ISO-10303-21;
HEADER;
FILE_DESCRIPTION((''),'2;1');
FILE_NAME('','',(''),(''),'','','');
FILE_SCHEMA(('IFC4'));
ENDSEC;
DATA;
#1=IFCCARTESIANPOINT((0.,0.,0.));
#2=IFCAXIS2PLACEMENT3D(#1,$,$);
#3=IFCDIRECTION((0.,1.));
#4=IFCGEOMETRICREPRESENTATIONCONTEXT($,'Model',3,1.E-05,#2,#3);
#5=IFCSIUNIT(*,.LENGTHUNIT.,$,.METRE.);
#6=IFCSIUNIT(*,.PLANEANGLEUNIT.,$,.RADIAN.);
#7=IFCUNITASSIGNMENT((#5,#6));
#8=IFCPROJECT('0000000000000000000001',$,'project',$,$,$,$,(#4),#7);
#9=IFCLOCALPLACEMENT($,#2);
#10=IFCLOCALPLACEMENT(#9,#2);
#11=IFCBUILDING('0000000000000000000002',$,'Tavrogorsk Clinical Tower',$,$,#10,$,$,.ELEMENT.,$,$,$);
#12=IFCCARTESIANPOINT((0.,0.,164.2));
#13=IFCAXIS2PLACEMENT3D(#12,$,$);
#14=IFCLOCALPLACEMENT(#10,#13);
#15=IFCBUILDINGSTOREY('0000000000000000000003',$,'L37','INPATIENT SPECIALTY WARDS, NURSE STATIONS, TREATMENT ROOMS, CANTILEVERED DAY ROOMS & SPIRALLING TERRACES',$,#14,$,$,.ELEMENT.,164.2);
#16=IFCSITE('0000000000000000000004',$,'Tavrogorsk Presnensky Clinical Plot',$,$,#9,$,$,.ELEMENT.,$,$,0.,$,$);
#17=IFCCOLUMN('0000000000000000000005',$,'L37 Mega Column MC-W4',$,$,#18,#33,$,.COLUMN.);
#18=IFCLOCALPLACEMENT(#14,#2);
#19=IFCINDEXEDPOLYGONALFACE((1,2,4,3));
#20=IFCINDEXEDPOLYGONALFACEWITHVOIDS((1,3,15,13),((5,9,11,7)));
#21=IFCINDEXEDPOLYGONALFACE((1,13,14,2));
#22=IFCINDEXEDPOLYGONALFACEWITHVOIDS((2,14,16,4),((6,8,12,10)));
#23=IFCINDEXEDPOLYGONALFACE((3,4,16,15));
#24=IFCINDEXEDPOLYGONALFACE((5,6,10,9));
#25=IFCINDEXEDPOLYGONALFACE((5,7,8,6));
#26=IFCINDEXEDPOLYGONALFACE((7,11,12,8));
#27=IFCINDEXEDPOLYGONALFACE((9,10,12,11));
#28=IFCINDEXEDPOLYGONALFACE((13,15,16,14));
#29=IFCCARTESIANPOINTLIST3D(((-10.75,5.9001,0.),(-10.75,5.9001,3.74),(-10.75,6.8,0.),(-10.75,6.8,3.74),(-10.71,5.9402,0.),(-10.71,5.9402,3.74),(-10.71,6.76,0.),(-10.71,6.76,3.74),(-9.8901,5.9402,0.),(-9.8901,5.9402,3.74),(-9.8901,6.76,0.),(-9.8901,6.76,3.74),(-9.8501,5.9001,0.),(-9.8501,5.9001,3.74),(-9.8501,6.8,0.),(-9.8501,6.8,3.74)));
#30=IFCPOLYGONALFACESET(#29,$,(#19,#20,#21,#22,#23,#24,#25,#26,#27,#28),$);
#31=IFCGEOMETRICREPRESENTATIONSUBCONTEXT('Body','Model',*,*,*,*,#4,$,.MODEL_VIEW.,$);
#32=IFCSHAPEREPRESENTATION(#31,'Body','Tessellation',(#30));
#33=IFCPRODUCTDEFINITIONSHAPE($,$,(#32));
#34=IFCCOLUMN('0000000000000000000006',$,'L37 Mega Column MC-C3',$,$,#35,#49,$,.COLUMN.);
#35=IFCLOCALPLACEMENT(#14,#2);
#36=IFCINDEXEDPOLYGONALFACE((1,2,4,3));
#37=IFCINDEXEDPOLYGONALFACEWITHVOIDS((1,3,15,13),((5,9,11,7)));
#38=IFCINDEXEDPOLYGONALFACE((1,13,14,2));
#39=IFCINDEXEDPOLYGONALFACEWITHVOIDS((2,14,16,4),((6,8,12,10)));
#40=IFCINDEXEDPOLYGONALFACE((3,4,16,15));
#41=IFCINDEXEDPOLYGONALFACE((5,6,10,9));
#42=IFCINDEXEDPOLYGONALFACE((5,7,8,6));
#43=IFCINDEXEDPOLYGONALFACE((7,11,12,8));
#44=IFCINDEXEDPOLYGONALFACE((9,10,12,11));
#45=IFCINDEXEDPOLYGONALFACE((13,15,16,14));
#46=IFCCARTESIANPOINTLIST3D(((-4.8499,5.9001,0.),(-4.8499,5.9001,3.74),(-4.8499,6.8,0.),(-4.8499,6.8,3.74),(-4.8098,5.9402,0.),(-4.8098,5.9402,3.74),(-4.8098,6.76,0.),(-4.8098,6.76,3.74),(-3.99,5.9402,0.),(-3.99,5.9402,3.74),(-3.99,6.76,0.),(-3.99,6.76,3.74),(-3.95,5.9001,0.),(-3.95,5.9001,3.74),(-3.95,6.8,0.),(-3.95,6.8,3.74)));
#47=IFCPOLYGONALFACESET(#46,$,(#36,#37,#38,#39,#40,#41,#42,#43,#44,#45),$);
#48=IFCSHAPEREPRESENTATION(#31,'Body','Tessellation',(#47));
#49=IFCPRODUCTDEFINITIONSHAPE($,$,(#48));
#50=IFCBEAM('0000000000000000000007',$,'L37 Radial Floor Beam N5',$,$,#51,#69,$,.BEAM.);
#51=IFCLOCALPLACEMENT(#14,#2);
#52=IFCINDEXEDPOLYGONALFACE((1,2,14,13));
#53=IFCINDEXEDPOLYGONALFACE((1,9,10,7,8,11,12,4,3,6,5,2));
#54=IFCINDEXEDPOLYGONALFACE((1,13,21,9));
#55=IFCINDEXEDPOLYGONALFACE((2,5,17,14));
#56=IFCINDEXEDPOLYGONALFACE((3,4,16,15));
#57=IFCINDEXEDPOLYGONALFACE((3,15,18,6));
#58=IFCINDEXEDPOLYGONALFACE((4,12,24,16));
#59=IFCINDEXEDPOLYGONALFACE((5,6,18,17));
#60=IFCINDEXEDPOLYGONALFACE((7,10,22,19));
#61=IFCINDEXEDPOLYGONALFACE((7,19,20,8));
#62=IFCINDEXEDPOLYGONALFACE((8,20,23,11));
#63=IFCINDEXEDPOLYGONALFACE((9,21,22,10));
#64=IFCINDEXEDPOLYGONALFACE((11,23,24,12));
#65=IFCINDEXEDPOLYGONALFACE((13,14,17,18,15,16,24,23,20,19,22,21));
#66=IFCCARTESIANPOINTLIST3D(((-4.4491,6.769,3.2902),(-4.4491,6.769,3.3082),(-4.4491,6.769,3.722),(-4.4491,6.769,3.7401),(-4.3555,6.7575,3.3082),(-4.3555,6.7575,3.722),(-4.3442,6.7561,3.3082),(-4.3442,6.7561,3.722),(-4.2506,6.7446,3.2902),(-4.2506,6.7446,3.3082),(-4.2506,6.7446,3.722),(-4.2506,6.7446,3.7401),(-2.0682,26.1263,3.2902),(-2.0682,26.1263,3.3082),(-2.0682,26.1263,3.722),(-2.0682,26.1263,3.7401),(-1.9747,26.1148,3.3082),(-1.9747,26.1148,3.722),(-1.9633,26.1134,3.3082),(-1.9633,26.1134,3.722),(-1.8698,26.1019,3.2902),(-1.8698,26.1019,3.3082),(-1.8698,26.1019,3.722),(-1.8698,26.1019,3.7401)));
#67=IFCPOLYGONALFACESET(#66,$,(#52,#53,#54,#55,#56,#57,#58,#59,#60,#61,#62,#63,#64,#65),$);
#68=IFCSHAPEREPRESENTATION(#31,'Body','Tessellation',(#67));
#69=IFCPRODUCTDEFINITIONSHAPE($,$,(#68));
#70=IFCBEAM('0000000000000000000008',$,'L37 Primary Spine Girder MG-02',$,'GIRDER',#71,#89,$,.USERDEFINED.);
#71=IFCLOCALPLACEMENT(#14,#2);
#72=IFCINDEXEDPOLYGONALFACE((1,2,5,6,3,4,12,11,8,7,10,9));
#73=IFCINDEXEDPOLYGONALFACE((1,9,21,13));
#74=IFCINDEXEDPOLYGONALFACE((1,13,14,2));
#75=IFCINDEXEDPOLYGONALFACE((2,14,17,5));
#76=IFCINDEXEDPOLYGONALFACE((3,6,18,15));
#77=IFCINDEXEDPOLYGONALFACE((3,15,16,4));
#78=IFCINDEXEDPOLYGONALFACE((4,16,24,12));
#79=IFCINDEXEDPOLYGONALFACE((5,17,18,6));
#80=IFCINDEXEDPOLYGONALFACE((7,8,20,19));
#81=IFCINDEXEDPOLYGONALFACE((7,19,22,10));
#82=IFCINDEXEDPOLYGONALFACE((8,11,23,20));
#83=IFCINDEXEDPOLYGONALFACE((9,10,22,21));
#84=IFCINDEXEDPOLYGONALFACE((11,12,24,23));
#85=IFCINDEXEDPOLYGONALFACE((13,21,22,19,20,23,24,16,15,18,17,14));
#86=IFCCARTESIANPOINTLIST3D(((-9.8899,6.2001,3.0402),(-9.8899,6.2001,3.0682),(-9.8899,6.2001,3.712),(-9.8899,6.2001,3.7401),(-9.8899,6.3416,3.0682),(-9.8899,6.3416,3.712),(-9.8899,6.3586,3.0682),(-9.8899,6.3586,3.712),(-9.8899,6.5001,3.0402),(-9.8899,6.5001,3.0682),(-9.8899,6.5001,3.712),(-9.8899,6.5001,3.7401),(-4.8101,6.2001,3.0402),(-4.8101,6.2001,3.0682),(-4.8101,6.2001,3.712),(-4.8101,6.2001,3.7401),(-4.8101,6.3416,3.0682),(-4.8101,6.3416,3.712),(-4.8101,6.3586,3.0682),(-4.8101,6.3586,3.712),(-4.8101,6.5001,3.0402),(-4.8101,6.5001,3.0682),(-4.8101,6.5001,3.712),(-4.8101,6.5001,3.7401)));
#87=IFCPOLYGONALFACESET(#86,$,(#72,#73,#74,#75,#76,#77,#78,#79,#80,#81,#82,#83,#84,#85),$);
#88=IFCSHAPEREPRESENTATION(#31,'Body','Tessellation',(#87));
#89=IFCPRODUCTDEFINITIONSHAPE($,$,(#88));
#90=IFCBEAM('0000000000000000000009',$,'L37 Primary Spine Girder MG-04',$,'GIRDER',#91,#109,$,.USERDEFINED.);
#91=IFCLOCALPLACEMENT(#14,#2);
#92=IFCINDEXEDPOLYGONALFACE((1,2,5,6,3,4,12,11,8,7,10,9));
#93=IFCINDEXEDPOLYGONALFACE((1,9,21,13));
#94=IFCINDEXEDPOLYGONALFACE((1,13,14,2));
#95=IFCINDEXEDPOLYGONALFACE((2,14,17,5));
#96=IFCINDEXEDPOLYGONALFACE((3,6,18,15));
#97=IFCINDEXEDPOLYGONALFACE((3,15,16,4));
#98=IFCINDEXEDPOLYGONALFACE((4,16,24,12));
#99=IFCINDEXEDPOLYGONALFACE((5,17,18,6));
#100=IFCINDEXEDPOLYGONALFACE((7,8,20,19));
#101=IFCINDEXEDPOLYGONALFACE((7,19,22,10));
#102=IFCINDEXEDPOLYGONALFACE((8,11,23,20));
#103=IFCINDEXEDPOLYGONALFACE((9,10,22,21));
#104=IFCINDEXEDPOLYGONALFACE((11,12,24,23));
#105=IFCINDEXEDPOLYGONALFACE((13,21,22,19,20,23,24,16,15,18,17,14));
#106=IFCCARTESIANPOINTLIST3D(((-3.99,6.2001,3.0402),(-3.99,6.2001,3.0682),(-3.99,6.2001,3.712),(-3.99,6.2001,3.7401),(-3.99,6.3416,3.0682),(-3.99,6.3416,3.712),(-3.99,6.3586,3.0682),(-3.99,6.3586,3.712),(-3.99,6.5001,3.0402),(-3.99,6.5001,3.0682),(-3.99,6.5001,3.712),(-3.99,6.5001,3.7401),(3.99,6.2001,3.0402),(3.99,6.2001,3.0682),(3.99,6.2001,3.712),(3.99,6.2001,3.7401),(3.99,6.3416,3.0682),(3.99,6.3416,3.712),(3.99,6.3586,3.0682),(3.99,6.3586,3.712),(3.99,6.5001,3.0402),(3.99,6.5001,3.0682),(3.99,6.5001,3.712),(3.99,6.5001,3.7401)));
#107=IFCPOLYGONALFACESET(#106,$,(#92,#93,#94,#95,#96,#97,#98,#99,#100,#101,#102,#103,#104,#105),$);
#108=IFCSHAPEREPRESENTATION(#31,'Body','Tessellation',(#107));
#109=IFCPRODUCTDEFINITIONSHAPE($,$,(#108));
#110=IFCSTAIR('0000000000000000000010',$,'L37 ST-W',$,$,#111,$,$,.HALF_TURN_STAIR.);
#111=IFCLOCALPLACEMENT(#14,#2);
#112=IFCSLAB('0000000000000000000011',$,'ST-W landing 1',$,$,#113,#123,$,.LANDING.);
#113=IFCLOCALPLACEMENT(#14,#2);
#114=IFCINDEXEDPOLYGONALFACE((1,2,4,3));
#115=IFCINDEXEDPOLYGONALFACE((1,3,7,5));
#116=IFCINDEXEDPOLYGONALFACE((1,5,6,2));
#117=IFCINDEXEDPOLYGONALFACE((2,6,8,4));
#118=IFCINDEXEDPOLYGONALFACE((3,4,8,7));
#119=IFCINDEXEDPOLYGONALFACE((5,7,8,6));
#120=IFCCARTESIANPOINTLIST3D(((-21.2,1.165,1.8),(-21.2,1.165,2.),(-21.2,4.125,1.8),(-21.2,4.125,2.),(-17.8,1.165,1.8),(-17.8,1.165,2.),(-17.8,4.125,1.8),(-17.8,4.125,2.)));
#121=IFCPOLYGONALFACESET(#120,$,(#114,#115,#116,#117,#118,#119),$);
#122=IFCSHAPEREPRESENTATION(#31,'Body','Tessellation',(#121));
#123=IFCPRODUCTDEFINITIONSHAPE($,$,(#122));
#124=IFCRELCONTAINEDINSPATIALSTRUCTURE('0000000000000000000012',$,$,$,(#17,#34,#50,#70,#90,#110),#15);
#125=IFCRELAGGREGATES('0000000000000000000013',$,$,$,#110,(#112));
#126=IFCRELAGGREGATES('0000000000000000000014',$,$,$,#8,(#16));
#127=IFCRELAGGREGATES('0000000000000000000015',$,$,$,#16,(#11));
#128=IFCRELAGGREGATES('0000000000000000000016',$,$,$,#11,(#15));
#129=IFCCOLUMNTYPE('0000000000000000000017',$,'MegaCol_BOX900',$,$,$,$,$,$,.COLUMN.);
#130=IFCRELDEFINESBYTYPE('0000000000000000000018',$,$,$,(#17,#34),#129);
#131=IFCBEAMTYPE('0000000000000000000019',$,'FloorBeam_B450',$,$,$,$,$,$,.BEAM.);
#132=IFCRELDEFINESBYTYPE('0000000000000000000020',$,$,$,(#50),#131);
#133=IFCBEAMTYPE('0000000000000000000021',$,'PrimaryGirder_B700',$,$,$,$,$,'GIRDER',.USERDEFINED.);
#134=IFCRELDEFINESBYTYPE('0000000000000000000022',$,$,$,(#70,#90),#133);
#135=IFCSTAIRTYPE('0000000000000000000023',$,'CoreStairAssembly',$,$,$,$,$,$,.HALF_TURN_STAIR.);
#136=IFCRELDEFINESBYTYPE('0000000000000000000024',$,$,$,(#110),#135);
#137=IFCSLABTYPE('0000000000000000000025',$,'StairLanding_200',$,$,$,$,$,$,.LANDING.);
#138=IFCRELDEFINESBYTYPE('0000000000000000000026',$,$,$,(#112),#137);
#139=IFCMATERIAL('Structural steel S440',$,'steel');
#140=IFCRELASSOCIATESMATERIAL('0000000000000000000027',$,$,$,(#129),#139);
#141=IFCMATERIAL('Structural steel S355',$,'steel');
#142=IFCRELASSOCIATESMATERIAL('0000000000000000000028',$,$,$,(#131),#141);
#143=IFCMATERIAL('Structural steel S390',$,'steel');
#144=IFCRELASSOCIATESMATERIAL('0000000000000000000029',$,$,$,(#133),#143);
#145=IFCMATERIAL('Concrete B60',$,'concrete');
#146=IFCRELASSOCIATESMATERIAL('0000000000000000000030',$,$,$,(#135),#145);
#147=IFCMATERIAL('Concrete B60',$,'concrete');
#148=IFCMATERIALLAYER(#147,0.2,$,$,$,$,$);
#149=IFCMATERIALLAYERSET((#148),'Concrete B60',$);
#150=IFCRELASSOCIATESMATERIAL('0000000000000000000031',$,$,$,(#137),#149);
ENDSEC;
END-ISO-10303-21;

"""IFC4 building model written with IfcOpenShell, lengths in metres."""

from ifc_helpers import new_model, si_unit, direction, frame, origin, origin_2d, place, context, subcontext, project, spatial, polyline, hollow_rectangle, i_section, outline, extrude, material, layer, layer_set, material_profile, profile_set, type_object, element, aggregate, save


model = new_model("IFC4")

# Units and contexts
model_context = context("Model", 3, precision=1e-05, world=origin(), true_north=direction((0.0, 1.0)))
body_context = subcontext(model_context, "Body", "Model", "MODEL_VIEW")
ifc_project = project(units=[si_unit("LENGTHUNIT", "METRE"), si_unit("PLANEANGLEUNIT", "RADIAN")], contexts=[model_context])

# Site, building, storey
site_placement = place(None, origin())
site = spatial("IfcSite", under=ifc_project, at=site_placement, Name="Tavrogorsk Presnensky Clinical Plot", CompositionType="ELEMENT", RefElevation=0.0)
building_placement = place(site_placement, origin())
building = spatial("IfcBuilding", under=site, at=building_placement, Name="Tavrogorsk Clinical Tower", CompositionType="ELEMENT")
storey_placement = place(building_placement, frame((0.0, 0.0, 164.2)))
storey = spatial("IfcBuildingStorey", under=building, at=storey_placement, Name="L37", Description="INPATIENT SPECIALTY WARDS, NURSE STATIONS, TREATMENT ROOMS, CANTILEVERED DAY ROOMS & SPIRALLING TERRACES", CompositionType="ELEMENT", Elevation=164.2)

# Columns
ifc_material_1 = material(Name="Structural steel S440", Category="steel")
ifc_material_profile_1 = material_profile(ifc_material_1, hollow_rectangle(XDim=0.8999, YDim=0.8999, WallThickness=0.04, at=origin_2d()), Name="BOX-900x900x40")
ifc_profile_set_1 = profile_set([ifc_material_profile_1], Name="Structural steel S440")
column_type = type_object("IfcColumnType", Name="MegaCol_BOX900", PredefinedType="COLUMN", material=ifc_profile_set_1)
for number, where, z_axis, x_axis, name in (
    (1, (-10.3, 6.3501, 0.0), (0.0, 0.0, 1.0), (1.0, 0.0, 0.0), "L37 Mega Column MC-W4"),
    (2, (-4.3999, 6.3501, 0.0), (0.0, 0.0, 1.0), (1.0, 0.0, 0.0), "L37 Mega Column MC-C3"),
):
    element("IfcColumn", number, at=place(storey_placement, frame(where, z_axis=z_axis, x_axis=x_axis)), inside=storey, type_object=column_type, Name=name, PredefinedType="COLUMN", context=body_context, shape_type="SweptSolid", body=[
        extrude(hollow_rectangle(XDim=0.8999, YDim=0.8999, WallThickness=0.04, at=origin_2d()), origin(), (0.0, 0.0, 1.0), 3.74),
    ])

# Beams
ifc_material_2 = material(Name="Structural steel S355", Category="steel")
ifc_material_profile_2 = material_profile(ifc_material_2, i_section(OverallWidth=0.2, OverallDepth=0.45, WebThickness=0.0115, FlangeThickness=0.0181, at=origin_2d()), Name="B-450x200x11.5x18")
ifc_profile_set_2 = profile_set([ifc_material_profile_2], Name="Structural steel S355")
beam_type_1 = type_object("IfcBeamType", Name="FloorBeam_B450", PredefinedType="BEAM", material=ifc_profile_set_2)
beam_1_placement = place(storey_placement, frame((-4.3499, 6.7568, 3.5151), z_axis=(0.122075, 0.992521, 0.0), x_axis=(-0.992521, 0.122075, 0.0)))
element("IfcBeam", 3, at=beam_1_placement, inside=storey, type_object=beam_type_1, Name="L37 Radial Floor Beam N5", PredefinedType="BEAM", context=body_context, shape_type="SweptSolid", body=[
    extrude(i_section(OverallWidth=0.2, OverallDepth=0.45, WebThickness=0.0115, FlangeThickness=0.0181, at=origin_2d()), origin(), (0.0, 0.0, 1.0), 19.5032),
])
ifc_material_3 = material(Name="Structural steel S390", Category="steel")
ifc_material_profile_3 = material_profile(ifc_material_3, i_section(OverallWidth=0.3, OverallDepth=0.7, WebThickness=0.0171, FlangeThickness=0.0281, at=origin_2d()), Name="B-700x300x17x28")
ifc_profile_set_3 = profile_set([ifc_material_profile_3], Name="Structural steel S390")
beam_type_2 = type_object("IfcBeamType", Name="PrimaryGirder_B700", ElementType="GIRDER", PredefinedType="USERDEFINED", material=ifc_profile_set_3)
beam_2_placement = place(storey_placement, frame((-9.8899, 6.3501, 3.3901), z_axis=(1.0, 0.0, 0.0), x_axis=(0.0, 1.0, 0.0)))
element("IfcBeam", 4, at=beam_2_placement, inside=storey, type_object=beam_type_2, Name="L37 Primary Spine Girder MG-02", ObjectType="GIRDER", PredefinedType="USERDEFINED", context=body_context, shape_type="SweptSolid", body=[
    extrude(i_section(OverallWidth=0.3, OverallDepth=0.7, WebThickness=0.0171, FlangeThickness=0.0281, at=origin_2d()), origin(), (0.0, 0.0, 1.0), 5.0798),
])
beam_3_placement = place(storey_placement, frame((-3.99, 6.3501, 3.3901), z_axis=(1.0, 0.0, 0.0), x_axis=(0.0, 1.0, 0.0)))
element("IfcBeam", 5, at=beam_3_placement, inside=storey, type_object=beam_type_2, Name="L37 Primary Spine Girder MG-04", ObjectType="GIRDER", PredefinedType="USERDEFINED", context=body_context, shape_type="SweptSolid", body=[
    extrude(i_section(OverallWidth=0.3, OverallDepth=0.7, WebThickness=0.0171, FlangeThickness=0.0281, at=origin_2d()), origin(), (0.0, 0.0, 1.0), 7.98),
])

# Stair, slab
ifc_material_4 = material(Name="Concrete B60", Category="concrete")
stair_type = type_object("IfcStairType", Name="CoreStairAssembly", PredefinedType="HALF_TURN_STAIR", material=ifc_material_4)
stair_placement = place(storey_placement, origin())
stair = element("IfcStair", 6, at=stair_placement, inside=storey, type_object=stair_type, Name="L37 ST-W", PredefinedType="HALF_TURN_STAIR")
ifc_material_5 = material(Name="Concrete B60", Category="concrete")
ifc_layer_1 = layer(ifc_material_5, 0.2)
ifc_layer_set_1 = layer_set([ifc_layer_1], Name="Concrete B60")
slab_type_1 = type_object("IfcSlabType", Name="StairLanding_200", PredefinedType="LANDING", material=ifc_layer_set_1)
slab_1_placement = place(storey_placement, frame((0.0, 0.0, 1.8)))
slab_1 = element("IfcSlab", 7, at=slab_1_placement, type_object=slab_type_1, Name="ST-W landing 1", PredefinedType="LANDING", context=body_context, shape_type="SweptSolid", body=[
    extrude(outline(polyline([(-17.8, 1.165), (-17.8, 4.125), (-21.2, 4.125), (-21.2, 1.165), (-17.8, 1.165)])), origin(), (0.0, 0.0, 1.0), 0.2),
])
aggregate(stair, [slab_1])

save(model, "model.ifc")
